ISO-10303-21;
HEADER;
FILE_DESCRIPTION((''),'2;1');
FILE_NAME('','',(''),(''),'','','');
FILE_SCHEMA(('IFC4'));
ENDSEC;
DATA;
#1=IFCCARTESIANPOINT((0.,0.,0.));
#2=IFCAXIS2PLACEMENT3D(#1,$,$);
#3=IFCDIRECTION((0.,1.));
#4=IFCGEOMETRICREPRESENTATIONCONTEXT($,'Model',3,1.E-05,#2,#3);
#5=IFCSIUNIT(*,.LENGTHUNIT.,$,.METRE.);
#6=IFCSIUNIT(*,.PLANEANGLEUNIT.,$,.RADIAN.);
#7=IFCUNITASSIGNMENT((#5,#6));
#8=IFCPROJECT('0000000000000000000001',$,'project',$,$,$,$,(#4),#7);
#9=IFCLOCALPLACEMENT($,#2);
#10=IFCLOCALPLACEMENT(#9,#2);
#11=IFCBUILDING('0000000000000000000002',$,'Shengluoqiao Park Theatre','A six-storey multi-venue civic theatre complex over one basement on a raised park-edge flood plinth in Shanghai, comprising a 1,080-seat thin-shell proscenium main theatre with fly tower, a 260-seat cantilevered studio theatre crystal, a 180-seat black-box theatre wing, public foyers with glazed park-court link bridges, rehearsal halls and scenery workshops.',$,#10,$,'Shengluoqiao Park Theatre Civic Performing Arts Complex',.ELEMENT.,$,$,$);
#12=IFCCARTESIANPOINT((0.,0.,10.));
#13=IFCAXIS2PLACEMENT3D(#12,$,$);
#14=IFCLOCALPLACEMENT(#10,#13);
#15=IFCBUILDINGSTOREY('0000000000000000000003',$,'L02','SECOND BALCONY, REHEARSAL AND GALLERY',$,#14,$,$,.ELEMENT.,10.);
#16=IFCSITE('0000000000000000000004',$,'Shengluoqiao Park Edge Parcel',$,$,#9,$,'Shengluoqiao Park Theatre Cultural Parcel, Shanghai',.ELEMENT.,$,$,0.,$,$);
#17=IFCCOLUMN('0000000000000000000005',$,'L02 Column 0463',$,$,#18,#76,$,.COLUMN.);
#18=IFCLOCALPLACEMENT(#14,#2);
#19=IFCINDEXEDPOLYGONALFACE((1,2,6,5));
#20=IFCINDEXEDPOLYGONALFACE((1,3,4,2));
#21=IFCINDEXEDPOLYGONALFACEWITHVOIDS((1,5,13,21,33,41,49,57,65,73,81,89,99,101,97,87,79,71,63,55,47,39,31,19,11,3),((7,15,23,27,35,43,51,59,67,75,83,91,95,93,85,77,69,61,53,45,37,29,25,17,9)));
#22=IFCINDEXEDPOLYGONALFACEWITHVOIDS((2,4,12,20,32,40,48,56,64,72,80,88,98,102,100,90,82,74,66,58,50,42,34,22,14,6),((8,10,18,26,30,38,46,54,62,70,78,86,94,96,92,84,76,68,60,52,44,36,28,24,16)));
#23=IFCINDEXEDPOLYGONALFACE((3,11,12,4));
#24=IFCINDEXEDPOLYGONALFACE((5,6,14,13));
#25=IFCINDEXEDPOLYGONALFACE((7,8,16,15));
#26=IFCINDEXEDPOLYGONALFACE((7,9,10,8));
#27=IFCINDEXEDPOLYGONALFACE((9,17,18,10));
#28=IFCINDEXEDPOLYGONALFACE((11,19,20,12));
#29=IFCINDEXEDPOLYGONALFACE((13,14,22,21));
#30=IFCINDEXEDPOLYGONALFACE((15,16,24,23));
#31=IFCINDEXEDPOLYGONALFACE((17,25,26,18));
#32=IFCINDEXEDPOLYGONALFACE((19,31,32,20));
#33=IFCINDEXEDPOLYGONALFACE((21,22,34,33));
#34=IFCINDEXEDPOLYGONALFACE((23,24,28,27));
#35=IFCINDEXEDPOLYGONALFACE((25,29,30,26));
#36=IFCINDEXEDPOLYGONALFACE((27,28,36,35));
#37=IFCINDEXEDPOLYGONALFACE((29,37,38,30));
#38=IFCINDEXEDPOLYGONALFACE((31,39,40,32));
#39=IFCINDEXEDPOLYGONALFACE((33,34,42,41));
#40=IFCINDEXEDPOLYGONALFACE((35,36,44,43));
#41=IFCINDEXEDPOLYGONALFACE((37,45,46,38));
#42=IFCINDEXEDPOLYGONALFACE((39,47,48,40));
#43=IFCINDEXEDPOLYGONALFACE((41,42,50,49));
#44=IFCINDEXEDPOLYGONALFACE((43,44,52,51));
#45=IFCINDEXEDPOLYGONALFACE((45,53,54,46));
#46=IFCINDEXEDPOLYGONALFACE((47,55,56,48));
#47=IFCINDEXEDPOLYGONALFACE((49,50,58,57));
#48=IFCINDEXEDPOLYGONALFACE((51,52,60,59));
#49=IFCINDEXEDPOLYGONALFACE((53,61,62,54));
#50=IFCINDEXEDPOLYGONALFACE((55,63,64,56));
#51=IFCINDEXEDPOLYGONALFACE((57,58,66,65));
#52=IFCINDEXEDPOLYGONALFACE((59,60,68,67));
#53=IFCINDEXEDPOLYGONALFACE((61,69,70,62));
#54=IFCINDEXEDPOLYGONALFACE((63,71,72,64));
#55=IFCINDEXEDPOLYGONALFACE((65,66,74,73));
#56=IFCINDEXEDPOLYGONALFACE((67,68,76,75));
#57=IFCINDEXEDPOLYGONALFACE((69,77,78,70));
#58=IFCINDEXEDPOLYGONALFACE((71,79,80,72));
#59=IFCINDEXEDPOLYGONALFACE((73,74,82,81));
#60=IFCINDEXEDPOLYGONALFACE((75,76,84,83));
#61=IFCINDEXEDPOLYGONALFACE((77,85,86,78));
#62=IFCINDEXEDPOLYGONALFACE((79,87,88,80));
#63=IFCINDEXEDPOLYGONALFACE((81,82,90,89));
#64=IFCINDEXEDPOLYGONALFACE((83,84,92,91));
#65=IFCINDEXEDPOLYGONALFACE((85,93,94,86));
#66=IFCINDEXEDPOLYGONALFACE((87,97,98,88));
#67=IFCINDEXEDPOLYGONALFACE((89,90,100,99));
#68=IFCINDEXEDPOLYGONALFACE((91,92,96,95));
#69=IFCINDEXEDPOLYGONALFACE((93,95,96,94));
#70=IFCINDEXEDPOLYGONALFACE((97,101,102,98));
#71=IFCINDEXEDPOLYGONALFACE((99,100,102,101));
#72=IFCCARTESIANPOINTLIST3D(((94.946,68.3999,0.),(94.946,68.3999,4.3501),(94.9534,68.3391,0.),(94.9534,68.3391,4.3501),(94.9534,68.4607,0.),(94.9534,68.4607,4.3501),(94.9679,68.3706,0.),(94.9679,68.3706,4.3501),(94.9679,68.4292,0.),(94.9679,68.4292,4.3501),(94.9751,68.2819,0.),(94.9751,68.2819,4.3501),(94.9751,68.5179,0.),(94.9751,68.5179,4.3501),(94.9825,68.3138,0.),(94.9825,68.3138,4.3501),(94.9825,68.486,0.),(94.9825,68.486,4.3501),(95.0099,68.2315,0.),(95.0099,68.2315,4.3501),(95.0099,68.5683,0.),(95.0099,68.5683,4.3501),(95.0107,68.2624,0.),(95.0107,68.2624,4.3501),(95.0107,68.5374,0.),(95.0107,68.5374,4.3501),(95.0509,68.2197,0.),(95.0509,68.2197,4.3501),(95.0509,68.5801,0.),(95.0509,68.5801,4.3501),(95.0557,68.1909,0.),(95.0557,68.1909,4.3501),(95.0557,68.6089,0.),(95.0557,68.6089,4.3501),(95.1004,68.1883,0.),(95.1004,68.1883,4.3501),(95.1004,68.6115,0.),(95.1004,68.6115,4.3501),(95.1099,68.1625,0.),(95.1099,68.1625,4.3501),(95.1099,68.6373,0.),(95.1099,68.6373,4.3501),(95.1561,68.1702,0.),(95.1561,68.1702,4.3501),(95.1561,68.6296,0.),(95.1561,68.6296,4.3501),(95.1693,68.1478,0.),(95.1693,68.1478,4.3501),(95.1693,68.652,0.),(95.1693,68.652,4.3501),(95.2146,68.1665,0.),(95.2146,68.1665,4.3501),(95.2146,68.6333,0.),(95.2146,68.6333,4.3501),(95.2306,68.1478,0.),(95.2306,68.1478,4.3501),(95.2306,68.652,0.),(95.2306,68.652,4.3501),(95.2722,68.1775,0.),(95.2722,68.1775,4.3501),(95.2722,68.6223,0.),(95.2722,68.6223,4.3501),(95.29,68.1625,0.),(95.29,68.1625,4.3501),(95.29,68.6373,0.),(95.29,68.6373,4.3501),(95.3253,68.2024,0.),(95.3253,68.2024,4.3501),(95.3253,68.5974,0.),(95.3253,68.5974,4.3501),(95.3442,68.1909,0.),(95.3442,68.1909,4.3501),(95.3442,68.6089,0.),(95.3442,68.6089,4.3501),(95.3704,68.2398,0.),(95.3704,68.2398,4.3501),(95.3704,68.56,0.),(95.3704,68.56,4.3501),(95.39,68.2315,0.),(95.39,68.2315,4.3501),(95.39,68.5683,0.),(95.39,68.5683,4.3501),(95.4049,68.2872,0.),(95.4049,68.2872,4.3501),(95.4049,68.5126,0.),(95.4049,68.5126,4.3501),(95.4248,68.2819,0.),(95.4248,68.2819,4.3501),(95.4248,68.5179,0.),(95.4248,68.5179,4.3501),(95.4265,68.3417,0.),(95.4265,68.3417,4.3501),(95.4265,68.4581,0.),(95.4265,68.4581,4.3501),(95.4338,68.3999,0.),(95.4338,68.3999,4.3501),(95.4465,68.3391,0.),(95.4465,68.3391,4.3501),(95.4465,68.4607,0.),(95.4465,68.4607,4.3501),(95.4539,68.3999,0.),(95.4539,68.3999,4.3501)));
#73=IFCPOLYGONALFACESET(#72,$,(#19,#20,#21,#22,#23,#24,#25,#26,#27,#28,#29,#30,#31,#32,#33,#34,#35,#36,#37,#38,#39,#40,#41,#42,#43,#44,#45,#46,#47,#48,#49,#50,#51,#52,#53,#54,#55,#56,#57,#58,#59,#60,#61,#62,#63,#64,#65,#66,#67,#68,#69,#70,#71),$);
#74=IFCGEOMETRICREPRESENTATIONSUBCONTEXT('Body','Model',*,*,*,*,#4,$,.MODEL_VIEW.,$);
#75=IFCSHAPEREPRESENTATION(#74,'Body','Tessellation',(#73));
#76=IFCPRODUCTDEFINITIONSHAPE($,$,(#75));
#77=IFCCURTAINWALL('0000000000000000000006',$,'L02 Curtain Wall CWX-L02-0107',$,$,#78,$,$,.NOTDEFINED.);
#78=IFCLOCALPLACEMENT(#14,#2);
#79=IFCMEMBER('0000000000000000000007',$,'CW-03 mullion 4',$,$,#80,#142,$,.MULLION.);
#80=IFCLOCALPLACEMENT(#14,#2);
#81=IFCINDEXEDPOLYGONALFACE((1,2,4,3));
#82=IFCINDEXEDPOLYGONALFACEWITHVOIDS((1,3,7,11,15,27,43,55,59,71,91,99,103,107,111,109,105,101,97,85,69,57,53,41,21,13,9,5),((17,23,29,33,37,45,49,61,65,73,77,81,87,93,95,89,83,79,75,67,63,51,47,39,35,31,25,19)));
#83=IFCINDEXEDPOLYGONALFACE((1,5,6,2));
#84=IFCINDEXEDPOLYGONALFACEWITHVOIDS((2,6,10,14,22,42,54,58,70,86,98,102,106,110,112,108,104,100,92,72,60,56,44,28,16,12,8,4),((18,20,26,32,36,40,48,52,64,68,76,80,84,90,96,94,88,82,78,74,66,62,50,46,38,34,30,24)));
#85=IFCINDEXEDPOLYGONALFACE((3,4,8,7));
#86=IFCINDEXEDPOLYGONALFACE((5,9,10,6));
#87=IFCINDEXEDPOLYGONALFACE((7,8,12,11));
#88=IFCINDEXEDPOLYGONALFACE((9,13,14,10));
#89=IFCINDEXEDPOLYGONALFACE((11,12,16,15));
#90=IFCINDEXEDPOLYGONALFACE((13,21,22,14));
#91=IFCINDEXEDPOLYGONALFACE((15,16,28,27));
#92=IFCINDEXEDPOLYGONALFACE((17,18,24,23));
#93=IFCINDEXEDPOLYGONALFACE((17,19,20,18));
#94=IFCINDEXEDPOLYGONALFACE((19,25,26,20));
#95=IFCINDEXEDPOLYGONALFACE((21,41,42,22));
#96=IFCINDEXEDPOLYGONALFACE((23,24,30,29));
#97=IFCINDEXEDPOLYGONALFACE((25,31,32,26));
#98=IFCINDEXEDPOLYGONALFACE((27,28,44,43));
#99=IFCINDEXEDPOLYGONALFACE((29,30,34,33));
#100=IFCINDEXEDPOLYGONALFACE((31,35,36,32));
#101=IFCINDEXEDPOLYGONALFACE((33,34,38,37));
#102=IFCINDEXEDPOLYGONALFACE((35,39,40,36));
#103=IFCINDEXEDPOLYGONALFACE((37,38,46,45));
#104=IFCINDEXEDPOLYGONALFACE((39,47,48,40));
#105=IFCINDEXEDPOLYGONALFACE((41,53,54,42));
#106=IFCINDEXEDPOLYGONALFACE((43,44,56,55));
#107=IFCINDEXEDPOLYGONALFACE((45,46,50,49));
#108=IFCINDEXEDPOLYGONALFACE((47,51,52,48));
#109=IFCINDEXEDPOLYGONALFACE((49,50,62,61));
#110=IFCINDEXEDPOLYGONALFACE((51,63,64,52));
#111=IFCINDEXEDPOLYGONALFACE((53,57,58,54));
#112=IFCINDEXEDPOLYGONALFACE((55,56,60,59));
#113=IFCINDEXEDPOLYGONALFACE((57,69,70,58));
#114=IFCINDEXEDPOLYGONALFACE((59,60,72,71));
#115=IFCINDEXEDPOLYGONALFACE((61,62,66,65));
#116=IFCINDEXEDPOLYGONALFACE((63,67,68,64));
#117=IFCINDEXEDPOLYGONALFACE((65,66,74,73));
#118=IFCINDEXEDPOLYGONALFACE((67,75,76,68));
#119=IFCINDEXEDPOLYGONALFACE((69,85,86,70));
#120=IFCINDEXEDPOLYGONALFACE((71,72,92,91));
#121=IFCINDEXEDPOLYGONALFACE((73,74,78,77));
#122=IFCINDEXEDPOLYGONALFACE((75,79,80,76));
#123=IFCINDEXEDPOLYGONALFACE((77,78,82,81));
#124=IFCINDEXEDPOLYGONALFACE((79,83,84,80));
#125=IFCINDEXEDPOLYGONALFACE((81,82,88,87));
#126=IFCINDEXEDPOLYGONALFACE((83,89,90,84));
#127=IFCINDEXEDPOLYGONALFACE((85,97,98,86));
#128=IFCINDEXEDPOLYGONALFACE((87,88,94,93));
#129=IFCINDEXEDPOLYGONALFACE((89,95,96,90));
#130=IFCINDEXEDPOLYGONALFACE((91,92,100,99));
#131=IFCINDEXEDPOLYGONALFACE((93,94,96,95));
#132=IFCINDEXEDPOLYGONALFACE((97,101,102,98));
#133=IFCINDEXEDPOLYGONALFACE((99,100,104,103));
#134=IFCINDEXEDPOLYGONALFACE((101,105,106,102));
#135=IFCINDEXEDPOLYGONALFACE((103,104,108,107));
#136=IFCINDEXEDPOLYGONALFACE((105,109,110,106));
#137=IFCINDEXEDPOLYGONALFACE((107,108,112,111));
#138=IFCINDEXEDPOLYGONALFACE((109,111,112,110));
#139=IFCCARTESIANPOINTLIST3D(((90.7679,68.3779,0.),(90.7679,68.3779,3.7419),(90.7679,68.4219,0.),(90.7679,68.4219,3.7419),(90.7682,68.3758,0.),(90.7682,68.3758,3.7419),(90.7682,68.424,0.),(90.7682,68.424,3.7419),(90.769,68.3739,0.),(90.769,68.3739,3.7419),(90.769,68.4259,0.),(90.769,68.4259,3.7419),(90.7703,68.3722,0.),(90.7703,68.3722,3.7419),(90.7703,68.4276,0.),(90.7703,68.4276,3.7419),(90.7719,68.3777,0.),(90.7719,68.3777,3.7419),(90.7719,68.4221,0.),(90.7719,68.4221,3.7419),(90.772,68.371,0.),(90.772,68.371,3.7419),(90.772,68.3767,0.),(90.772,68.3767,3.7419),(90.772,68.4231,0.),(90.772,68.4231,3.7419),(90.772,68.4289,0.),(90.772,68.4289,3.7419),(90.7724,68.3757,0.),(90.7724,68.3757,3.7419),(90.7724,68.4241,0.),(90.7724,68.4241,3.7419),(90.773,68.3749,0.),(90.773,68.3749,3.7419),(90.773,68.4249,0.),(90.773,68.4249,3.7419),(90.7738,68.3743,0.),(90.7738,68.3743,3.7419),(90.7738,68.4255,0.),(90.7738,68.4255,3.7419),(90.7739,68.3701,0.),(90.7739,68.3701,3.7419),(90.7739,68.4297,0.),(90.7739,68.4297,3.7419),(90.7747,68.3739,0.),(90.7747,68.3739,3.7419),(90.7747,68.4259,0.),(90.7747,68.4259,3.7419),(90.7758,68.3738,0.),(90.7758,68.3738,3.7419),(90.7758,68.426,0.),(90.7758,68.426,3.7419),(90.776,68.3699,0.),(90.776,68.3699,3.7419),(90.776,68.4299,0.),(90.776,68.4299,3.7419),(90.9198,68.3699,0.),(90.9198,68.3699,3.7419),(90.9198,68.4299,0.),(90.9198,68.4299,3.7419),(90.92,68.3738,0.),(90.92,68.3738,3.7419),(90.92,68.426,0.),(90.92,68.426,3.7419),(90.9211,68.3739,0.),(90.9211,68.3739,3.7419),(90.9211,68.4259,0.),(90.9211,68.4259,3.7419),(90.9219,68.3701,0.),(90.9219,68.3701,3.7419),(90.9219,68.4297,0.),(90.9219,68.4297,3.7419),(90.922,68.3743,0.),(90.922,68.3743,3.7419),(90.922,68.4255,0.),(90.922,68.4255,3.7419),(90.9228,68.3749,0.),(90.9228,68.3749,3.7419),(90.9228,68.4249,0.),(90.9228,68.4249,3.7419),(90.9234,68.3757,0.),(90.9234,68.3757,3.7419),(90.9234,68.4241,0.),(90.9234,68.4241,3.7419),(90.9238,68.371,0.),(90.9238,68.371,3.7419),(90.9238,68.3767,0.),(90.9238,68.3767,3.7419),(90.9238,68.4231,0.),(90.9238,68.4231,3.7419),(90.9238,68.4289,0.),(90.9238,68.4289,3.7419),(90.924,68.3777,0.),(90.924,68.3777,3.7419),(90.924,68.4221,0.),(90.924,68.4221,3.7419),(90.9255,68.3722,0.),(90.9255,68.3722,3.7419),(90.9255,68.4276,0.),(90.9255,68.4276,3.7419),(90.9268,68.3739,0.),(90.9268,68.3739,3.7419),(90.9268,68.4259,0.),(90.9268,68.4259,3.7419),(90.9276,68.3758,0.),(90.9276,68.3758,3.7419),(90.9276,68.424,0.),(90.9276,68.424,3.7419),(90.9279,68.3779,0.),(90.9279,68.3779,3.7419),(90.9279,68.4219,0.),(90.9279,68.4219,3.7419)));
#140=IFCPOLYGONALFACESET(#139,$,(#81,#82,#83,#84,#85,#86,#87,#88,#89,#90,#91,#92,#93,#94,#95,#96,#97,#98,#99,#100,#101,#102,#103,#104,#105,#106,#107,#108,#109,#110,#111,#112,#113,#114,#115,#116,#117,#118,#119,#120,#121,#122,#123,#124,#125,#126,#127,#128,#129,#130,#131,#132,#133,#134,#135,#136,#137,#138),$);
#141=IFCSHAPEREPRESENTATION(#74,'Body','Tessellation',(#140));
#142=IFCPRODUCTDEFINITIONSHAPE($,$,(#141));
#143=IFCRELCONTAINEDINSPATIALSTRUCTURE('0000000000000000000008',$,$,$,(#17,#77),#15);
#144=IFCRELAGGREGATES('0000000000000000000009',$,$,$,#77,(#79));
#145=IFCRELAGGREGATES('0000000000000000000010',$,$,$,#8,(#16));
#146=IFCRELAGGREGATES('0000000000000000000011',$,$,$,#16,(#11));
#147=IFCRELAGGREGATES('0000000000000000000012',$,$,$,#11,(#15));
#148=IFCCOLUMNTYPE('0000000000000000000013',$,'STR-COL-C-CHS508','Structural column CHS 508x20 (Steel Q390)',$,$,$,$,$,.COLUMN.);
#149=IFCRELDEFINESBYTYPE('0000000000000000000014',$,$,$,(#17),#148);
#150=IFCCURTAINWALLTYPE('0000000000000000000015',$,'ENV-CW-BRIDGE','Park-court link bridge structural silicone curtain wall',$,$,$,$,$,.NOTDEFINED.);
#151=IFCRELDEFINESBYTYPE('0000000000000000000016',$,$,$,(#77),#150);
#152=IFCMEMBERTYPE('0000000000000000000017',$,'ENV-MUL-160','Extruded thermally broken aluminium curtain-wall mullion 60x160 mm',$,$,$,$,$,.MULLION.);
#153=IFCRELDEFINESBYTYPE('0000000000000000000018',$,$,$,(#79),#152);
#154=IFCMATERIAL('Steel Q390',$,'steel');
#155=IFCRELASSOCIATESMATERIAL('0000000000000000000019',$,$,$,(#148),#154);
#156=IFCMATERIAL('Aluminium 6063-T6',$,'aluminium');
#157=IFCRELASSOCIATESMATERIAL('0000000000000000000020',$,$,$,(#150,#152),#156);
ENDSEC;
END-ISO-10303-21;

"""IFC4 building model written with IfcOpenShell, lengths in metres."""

from ifc_helpers import new_model, si_unit, direction, frame, origin, origin_2d, place, context, subcontext, project, spatial, hollow_rectangle, hollow_circle, extrude, material, material_profile, profile_set, type_object, element, aggregate, save


model = new_model("IFC4")

# Units and contexts
model_context = context("Model", 3, precision=1e-05, world=origin(), true_north=direction((0.0, 1.0)))
body_context = subcontext(model_context, "Body", "Model", "MODEL_VIEW")
ifc_project = project(units=[si_unit("LENGTHUNIT", "METRE"), si_unit("PLANEANGLEUNIT", "RADIAN")], contexts=[model_context])

# Site, building, storey
site_placement = place(None, origin())
site = spatial("IfcSite", under=ifc_project, at=site_placement, Name="Shengluoqiao Park Edge Parcel", LongName="Shengluoqiao Park Theatre Cultural Parcel, Shanghai", CompositionType="ELEMENT", RefElevation=0.0)
building_placement = place(site_placement, origin())
building = spatial("IfcBuilding", under=site, at=building_placement, Name="Shengluoqiao Park Theatre", Description="A six-storey multi-venue civic theatre complex over one basement on a raised park-edge flood plinth in Shanghai, comprising a 1,080-seat thin-shell proscenium main theatre with fly tower, a 260-seat cantilevered studio theatre crystal, a 180-seat black-box theatre wing, public foyers with glazed park-court link bridges, rehearsal halls and scenery workshops.", LongName="Shengluoqiao Park Theatre Civic Performing Arts Complex", CompositionType="ELEMENT")
storey_placement = place(building_placement, frame((0.0, 0.0, 10.0)))
storey = spatial("IfcBuildingStorey", under=building, at=storey_placement, Name="L02", Description="SECOND BALCONY, REHEARSAL AND GALLERY", CompositionType="ELEMENT", Elevation=10.0)

# Column
ifc_material_1 = material(Name="Steel Q390", Category="steel")
ifc_material_profile_1 = material_profile(ifc_material_1, hollow_circle(Radius=0.2539, WallThickness=0.02, at=origin_2d()), Name="CHS 508x20")
ifc_profile_set_1 = profile_set([ifc_material_profile_1], Name="Steel Q390")
column_type = type_object("IfcColumnType", Name="STR-COL-C-CHS508", Description="Structural column CHS 508x20 (Steel Q390)", PredefinedType="COLUMN", material=ifc_profile_set_1)
column_placement = place(storey_placement, frame((95.2, 68.3999, 0.0), z_axis=(0.0, 0.0, 1.0), x_axis=(1.0, 0.0, 0.0)))
element("IfcColumn", 1, at=column_placement, inside=storey, type_object=column_type, Name="L02 Column 0463", PredefinedType="COLUMN", context=body_context, shape_type="SweptSolid", body=[
    extrude(hollow_circle(Radius=0.2539, WallThickness=0.02, at=origin_2d()), origin(), (0.0, 0.0, 1.0), 4.3501),
])

# Curtain wall, member
ifc_material_2 = material(Name="Aluminium 6063-T6", Category="aluminium")
curtain_wall_type = type_object("IfcCurtainWallType", Name="ENV-CW-BRIDGE", Description="Park-court link bridge structural silicone curtain wall", PredefinedType="NOTDEFINED", material=ifc_material_2)
curtain_wall_placement = place(storey_placement, origin())
curtain_wall = element("IfcCurtainWall", 2, at=curtain_wall_placement, inside=storey, type_object=curtain_wall_type, Name="L02 Curtain Wall CWX-L02-0107", PredefinedType="NOTDEFINED")
ifc_material_profile_2 = material_profile(ifc_material_2, hollow_rectangle(XDim=0.0601, YDim=0.1599, WallThickness=0.0039, InnerFilletRadius=0.0039, OuterFilletRadius=0.0081, at=origin_2d()), Name="ALU MULLION 160x60x4")
ifc_profile_set_2 = profile_set([ifc_material_profile_2], Name="Aluminium 6063-T6")
member_type_1 = type_object("IfcMemberType", Name="ENV-MUL-160", Description="Extruded thermally broken aluminium curtain-wall mullion 60x160 mm", PredefinedType="MULLION", material=ifc_profile_set_2)
member_1_placement = place(storey_placement, frame((90.8479, 68.3999, 0.0), z_axis=(0.0, 0.0, 1.0), x_axis=(0.0, 1.0, 0.0)))
member_1 = element("IfcMember", 3, at=member_1_placement, type_object=member_type_1, Name="CW-03 mullion 4", PredefinedType="MULLION", context=body_context, shape_type="SweptSolid", body=[
    extrude(hollow_rectangle(XDim=0.0601, YDim=0.1599, WallThickness=0.0039, InnerFilletRadius=0.0039, OuterFilletRadius=0.0081, at=origin_2d()), origin(), (0.0, 0.0, 1.0), 3.7419),
])
aggregate(curtain_wall, [member_1])

save(model, "model.ifc")
